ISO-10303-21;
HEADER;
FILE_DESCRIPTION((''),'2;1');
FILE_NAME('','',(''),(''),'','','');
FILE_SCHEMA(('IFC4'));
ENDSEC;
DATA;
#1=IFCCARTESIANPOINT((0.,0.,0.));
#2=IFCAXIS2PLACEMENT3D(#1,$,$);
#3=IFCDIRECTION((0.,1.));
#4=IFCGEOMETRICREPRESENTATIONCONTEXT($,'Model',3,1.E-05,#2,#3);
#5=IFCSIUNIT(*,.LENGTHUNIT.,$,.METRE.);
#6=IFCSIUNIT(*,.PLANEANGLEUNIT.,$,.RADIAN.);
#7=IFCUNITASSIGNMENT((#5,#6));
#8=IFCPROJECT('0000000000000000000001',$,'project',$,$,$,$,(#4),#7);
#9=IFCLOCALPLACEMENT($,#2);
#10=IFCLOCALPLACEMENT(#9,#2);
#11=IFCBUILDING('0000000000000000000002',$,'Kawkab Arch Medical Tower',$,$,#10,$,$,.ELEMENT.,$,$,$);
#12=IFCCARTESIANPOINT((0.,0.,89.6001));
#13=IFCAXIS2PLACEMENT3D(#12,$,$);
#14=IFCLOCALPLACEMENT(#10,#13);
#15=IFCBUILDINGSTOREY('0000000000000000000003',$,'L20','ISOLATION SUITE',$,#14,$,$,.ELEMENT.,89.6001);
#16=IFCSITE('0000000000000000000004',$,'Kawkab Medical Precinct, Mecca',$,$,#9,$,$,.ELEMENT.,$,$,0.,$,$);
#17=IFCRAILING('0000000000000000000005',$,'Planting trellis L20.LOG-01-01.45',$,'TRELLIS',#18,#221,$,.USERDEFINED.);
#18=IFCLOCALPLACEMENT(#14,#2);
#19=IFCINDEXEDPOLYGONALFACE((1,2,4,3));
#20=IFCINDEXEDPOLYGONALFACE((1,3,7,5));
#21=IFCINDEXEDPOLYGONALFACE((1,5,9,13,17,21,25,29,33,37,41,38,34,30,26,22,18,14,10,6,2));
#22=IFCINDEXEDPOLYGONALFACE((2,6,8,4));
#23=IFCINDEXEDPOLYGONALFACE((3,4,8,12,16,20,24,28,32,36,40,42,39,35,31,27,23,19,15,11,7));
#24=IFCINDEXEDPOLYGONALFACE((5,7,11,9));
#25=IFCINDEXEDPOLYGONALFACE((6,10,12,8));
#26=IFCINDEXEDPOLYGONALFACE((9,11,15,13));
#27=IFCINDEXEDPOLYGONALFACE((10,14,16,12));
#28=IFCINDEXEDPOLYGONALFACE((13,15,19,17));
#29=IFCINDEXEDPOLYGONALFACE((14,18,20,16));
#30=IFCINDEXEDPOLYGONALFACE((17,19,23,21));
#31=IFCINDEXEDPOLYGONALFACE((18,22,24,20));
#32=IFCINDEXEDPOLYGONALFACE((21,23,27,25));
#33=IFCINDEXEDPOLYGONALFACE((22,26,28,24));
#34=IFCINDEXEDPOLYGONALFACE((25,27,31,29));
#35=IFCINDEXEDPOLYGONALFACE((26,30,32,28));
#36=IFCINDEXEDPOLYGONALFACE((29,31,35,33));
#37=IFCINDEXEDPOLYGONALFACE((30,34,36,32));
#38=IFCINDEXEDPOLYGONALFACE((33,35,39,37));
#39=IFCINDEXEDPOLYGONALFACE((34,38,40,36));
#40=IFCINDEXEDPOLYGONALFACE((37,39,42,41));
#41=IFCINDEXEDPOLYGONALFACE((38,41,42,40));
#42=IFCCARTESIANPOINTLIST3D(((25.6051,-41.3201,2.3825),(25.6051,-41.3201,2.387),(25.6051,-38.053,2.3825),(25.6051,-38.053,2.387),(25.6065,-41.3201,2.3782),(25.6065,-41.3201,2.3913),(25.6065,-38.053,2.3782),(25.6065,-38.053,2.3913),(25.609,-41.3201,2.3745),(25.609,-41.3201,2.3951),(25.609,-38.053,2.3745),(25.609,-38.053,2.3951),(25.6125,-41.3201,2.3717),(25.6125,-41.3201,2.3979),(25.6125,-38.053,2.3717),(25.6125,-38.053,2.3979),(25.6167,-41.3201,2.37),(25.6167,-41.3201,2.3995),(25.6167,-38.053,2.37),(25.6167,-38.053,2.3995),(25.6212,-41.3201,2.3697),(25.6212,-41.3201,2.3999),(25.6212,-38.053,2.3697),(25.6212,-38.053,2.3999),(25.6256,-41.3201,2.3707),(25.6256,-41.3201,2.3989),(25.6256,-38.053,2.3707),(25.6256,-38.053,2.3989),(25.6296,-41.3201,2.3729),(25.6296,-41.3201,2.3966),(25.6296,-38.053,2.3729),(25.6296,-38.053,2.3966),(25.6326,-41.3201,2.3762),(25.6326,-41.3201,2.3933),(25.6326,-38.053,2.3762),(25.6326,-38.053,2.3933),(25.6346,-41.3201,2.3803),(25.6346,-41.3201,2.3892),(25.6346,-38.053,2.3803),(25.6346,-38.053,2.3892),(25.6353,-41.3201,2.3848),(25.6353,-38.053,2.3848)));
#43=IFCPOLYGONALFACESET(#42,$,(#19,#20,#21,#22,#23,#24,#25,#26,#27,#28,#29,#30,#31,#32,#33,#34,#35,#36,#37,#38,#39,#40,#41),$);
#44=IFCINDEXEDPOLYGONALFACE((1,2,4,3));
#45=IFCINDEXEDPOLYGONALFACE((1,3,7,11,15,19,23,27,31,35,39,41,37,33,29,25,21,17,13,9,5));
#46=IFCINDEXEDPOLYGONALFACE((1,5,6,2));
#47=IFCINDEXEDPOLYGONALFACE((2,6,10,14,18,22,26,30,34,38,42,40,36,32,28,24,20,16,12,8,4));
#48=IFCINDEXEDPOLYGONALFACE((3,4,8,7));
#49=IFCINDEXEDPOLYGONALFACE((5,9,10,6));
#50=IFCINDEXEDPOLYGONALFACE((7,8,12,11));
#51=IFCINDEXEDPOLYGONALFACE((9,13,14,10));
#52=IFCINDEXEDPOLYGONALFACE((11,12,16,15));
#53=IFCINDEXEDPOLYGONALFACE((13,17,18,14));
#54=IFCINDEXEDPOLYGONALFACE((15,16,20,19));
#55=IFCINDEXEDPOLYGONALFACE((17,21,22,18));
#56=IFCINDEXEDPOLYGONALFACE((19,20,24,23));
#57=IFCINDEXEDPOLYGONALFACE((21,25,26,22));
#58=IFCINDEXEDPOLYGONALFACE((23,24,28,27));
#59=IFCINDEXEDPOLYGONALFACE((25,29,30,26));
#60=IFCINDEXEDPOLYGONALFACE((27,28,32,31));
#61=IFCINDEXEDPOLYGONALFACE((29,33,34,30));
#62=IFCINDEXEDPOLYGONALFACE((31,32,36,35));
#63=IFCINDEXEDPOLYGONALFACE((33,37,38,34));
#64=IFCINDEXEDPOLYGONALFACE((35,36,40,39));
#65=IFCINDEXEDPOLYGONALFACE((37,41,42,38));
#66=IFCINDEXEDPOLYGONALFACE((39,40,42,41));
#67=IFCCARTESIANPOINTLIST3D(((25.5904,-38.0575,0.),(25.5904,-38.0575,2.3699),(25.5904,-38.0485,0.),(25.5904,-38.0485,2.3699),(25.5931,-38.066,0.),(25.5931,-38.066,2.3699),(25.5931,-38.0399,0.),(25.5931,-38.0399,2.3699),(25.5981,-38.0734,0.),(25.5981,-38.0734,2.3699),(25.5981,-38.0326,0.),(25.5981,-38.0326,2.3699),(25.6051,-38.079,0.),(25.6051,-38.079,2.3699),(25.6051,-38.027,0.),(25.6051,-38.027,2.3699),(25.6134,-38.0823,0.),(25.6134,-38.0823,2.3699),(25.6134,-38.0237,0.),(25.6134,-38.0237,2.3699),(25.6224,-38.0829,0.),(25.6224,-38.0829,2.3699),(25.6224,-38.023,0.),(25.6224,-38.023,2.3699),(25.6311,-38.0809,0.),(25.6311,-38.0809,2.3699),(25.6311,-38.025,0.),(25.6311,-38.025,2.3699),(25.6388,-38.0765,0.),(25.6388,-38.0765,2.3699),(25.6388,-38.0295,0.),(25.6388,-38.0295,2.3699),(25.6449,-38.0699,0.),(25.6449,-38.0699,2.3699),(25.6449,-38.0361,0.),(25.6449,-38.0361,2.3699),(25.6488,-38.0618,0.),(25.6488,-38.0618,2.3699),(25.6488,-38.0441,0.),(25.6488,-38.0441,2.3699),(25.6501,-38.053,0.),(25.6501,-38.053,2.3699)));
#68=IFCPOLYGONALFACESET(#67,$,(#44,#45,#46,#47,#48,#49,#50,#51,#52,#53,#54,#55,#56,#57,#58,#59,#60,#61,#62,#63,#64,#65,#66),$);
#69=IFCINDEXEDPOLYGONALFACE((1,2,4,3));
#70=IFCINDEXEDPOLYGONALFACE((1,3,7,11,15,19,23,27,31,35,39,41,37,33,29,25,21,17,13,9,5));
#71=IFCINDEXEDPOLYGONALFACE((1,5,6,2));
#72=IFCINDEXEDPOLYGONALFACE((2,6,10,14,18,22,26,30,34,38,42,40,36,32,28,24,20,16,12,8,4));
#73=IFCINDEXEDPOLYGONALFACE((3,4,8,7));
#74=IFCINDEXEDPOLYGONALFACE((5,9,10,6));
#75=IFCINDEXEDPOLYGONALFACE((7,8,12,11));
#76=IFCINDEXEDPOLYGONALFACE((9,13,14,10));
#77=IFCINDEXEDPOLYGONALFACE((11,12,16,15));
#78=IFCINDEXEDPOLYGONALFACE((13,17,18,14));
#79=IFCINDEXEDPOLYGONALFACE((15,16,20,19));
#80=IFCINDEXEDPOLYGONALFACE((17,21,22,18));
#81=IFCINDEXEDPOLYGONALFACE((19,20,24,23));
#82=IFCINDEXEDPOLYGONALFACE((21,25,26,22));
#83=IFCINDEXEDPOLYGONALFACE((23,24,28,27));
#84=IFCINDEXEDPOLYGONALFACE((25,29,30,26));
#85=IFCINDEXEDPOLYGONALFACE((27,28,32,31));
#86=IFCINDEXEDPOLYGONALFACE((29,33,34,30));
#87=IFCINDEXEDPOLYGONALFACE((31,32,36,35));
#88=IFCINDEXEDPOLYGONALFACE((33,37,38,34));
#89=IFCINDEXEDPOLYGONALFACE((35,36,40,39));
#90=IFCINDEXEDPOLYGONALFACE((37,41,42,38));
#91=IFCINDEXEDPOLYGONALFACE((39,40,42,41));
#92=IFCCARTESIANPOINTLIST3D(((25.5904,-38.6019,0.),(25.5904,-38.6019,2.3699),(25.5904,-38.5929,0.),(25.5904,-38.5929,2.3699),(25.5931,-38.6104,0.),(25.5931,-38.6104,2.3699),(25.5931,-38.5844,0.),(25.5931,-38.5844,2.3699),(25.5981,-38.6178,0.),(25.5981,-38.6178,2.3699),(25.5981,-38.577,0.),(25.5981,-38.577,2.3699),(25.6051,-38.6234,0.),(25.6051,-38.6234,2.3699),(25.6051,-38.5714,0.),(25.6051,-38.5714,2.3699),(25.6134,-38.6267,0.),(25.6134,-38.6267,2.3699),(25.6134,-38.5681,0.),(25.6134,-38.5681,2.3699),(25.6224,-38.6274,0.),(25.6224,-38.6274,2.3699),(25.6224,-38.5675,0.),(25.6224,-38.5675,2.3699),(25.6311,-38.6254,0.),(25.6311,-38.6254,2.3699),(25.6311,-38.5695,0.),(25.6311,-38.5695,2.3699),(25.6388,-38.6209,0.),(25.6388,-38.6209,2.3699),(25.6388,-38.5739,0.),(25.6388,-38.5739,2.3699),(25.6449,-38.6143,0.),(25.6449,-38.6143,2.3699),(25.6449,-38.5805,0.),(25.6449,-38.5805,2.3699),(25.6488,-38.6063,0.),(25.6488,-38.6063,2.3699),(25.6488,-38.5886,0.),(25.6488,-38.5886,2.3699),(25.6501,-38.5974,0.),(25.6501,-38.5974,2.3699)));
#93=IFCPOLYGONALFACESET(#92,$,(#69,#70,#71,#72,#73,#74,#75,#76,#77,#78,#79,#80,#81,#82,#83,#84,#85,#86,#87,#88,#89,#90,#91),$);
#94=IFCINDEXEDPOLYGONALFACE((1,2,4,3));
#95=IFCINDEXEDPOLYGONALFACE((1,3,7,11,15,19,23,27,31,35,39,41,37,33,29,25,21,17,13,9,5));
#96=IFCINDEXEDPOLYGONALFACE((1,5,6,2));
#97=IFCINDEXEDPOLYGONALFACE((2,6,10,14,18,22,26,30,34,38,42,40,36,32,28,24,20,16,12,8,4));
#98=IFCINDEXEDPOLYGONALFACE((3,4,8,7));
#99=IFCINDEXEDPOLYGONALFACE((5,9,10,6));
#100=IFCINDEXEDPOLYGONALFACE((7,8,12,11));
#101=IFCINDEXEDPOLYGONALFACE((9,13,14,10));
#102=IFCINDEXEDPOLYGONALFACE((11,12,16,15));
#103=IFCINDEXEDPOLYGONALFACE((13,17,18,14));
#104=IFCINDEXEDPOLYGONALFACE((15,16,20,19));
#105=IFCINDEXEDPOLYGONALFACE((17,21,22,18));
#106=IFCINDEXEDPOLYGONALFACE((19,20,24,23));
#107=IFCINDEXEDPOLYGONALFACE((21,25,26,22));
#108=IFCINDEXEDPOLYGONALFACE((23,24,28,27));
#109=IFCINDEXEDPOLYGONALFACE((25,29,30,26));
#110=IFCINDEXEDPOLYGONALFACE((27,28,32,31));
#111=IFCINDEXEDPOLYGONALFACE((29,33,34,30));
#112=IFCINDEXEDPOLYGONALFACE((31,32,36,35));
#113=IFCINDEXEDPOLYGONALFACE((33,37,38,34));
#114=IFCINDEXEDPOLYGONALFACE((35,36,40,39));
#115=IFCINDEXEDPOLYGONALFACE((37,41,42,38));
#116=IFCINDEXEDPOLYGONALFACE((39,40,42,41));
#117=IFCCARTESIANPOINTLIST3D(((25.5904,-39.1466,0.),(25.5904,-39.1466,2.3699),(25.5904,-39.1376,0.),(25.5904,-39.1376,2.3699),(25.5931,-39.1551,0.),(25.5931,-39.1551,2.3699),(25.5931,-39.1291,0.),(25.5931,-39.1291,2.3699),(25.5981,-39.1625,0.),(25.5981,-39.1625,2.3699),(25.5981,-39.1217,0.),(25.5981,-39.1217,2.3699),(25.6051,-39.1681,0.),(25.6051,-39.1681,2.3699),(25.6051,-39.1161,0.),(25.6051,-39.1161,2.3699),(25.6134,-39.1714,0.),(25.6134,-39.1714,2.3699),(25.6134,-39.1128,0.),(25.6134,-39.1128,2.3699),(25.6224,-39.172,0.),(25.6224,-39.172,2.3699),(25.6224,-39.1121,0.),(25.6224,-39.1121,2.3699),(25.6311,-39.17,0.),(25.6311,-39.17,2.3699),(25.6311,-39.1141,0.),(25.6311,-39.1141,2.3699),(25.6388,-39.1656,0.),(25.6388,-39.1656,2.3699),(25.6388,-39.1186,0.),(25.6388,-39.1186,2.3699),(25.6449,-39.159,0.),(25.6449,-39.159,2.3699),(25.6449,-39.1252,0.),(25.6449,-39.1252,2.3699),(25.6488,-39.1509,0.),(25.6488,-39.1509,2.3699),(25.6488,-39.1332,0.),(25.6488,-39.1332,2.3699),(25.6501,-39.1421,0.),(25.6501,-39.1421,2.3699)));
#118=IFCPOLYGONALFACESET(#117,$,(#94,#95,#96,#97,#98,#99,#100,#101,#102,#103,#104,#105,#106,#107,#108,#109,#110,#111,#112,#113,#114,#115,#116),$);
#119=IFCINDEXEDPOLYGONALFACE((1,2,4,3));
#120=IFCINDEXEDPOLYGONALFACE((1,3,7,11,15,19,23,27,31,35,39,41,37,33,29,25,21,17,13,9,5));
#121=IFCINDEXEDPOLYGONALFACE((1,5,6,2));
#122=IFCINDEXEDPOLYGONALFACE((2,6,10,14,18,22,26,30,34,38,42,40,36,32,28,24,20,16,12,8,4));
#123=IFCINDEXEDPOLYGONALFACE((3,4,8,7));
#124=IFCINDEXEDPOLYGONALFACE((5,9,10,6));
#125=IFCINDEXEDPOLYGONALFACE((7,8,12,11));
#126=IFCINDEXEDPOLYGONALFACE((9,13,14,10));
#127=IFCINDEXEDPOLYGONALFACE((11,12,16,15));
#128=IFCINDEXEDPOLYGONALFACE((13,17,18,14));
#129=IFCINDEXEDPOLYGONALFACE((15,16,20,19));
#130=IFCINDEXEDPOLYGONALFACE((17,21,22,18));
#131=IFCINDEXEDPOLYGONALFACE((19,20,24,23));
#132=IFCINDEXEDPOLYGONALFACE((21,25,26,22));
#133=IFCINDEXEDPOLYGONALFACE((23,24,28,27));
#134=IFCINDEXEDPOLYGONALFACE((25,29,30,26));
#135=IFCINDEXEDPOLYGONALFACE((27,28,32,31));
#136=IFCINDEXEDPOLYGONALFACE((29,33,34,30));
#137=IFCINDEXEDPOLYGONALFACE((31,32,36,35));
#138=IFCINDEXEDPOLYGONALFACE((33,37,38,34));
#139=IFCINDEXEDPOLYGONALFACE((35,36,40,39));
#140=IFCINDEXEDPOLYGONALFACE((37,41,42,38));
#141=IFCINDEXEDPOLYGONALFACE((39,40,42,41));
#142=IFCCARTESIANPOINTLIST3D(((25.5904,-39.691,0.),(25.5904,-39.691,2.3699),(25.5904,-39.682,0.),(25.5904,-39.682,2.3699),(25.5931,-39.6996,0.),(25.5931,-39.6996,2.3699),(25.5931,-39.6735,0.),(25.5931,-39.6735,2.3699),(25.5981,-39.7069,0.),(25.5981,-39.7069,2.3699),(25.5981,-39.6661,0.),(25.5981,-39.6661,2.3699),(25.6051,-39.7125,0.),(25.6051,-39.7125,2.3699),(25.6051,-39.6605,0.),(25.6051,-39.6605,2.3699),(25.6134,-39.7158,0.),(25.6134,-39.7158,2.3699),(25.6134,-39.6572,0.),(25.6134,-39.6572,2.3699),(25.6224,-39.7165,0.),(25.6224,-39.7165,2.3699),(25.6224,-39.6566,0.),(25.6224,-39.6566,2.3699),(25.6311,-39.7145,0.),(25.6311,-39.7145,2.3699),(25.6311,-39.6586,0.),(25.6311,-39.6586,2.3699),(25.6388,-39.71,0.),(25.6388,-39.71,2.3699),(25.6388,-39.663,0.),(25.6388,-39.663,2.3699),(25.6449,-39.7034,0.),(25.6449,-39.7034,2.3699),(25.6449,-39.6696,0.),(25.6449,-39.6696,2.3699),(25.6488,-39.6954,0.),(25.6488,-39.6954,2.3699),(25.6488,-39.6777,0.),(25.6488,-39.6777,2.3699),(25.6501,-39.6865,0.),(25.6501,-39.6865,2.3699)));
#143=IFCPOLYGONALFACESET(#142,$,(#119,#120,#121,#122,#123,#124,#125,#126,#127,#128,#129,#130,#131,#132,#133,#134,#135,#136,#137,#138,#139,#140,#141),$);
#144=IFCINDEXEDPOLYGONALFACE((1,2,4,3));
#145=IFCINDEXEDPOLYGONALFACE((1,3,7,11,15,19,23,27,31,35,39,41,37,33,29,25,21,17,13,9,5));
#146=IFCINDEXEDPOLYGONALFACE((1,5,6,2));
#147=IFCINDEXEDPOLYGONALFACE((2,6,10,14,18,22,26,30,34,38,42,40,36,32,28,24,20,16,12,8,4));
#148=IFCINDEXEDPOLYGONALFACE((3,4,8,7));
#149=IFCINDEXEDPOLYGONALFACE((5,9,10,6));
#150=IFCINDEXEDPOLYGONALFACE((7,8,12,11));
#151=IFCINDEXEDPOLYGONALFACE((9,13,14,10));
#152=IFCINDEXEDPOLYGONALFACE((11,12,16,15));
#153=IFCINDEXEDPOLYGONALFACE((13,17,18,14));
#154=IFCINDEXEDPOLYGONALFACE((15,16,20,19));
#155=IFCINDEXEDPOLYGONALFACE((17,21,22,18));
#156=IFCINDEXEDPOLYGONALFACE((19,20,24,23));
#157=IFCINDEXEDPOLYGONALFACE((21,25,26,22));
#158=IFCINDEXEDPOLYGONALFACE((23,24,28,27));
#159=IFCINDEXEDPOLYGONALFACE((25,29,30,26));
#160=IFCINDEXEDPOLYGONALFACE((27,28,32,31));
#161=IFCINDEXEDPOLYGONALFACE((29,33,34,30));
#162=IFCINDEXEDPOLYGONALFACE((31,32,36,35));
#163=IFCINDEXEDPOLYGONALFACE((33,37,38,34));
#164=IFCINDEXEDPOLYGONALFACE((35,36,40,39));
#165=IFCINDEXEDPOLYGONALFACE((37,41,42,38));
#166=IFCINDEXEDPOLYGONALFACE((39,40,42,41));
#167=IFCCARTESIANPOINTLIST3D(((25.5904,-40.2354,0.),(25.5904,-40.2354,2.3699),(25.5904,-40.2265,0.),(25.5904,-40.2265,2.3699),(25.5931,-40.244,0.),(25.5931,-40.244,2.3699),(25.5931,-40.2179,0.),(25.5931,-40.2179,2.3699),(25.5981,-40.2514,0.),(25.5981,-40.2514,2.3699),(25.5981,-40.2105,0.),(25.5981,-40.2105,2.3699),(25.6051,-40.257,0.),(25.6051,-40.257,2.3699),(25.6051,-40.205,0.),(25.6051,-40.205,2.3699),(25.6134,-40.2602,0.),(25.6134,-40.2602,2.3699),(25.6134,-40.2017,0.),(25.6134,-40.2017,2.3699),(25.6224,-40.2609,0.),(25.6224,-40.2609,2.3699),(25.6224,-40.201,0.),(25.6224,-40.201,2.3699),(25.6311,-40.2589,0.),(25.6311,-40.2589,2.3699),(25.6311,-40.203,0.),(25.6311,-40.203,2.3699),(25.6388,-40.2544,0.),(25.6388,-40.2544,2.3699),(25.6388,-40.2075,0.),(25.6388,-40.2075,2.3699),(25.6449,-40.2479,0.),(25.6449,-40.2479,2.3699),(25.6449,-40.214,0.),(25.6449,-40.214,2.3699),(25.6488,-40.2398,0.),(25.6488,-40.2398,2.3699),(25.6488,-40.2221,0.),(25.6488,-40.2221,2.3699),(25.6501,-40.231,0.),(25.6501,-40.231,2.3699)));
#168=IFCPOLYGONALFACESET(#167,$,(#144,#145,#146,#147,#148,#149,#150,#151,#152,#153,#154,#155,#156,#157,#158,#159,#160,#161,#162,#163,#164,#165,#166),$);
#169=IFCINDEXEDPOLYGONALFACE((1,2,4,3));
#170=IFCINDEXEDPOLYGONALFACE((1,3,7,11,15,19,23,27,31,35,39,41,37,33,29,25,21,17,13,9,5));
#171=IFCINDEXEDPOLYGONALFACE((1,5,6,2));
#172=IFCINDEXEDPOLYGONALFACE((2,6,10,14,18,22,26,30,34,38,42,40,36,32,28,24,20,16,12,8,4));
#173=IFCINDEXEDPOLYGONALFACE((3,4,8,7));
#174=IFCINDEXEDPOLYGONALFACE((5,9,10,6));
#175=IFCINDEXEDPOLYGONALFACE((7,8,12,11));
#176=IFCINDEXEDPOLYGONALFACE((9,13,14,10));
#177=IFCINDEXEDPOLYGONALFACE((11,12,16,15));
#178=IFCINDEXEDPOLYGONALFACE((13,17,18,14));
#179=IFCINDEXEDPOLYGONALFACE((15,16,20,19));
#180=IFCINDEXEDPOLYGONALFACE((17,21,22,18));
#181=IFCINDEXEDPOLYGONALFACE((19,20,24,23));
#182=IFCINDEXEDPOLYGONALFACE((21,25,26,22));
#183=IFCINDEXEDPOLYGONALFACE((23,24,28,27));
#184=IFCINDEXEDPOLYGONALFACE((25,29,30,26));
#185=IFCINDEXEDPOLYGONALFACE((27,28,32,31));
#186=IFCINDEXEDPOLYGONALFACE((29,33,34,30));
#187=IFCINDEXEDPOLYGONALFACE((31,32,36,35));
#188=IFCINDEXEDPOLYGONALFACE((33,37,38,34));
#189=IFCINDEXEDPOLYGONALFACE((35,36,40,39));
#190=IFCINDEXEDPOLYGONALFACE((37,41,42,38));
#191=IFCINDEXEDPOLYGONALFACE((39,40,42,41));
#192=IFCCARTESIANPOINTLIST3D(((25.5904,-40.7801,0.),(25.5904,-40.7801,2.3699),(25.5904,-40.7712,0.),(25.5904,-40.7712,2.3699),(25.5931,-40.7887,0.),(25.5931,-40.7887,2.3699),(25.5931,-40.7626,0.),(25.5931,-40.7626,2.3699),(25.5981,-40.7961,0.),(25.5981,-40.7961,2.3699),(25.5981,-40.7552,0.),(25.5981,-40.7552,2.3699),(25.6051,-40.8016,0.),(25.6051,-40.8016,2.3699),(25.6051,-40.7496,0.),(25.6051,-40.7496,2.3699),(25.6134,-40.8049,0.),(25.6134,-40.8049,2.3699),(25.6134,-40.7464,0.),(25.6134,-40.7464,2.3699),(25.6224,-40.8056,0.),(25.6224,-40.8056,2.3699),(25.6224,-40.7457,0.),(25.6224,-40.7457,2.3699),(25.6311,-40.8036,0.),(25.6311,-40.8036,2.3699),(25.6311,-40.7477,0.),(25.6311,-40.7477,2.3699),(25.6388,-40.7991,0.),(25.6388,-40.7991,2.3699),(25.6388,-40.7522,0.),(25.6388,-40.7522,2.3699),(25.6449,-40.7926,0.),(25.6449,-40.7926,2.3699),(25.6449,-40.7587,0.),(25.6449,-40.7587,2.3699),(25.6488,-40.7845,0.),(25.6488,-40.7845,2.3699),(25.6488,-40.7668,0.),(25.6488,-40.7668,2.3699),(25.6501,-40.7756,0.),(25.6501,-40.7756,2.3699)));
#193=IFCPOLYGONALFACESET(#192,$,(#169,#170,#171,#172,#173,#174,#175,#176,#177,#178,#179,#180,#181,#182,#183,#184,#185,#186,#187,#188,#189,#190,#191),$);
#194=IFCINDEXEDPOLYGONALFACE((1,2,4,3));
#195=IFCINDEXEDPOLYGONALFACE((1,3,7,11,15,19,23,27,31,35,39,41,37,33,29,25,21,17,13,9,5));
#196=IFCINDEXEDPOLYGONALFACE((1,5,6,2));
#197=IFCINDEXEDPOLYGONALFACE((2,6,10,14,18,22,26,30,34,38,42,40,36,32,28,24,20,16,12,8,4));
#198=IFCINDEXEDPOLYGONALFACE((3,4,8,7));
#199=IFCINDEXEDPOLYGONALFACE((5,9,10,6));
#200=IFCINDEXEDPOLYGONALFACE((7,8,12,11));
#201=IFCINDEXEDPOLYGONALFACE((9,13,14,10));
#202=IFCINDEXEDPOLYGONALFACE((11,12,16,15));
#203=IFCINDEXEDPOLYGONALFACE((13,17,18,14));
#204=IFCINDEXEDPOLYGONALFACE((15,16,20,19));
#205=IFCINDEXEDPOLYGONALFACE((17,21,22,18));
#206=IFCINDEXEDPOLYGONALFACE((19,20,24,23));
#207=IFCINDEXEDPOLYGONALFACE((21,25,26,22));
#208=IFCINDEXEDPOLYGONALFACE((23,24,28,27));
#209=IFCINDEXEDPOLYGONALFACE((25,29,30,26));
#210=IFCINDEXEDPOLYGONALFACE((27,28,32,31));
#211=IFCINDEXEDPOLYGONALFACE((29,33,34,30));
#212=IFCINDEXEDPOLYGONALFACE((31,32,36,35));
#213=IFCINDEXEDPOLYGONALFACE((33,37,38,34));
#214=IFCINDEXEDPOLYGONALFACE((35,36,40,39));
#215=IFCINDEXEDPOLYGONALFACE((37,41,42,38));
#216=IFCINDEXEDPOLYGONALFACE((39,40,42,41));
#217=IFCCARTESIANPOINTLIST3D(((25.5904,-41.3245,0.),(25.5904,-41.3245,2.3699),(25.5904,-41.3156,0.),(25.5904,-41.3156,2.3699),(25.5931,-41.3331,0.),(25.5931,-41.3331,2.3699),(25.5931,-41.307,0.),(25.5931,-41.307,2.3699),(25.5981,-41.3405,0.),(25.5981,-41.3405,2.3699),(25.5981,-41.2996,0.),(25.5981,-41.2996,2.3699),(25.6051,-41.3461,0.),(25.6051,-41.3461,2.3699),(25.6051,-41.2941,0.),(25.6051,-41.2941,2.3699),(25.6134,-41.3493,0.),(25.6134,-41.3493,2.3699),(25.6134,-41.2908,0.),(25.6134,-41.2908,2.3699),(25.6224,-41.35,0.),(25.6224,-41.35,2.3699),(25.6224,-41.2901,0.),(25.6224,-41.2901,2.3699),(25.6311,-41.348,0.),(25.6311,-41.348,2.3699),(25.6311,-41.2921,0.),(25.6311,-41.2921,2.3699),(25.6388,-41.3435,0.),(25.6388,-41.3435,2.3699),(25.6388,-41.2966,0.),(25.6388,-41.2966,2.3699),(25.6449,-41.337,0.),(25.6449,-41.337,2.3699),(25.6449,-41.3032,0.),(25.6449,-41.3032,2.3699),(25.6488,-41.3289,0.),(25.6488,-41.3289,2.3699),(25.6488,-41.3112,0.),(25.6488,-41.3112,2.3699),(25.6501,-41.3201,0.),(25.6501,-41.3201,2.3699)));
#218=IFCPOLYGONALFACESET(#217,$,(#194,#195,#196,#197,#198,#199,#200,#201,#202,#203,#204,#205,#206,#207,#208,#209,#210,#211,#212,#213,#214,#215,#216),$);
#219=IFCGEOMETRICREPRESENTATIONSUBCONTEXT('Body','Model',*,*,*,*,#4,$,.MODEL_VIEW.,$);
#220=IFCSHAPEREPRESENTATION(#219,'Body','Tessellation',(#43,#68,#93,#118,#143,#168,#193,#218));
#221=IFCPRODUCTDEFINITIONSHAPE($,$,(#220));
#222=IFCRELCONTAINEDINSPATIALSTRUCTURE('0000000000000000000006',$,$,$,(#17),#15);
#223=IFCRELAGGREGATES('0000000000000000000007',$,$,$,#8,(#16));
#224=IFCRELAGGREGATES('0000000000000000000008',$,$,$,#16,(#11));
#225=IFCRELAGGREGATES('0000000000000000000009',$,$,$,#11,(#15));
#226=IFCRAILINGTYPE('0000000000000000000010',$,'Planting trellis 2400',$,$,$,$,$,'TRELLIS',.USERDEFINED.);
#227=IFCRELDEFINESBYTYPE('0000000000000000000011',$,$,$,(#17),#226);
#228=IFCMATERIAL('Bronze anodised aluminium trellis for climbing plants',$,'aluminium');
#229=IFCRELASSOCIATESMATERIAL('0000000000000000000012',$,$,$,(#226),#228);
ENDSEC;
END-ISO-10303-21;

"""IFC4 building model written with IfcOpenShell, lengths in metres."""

from ifc_helpers import new_model, si_unit, direction, frame, origin, origin_2d, place, context, subcontext, project, spatial, circle, extrude, material, type_object, element, save


model = new_model("IFC4")

# Units and contexts
model_context = context("Model", 3, precision=1e-05, world=origin(), true_north=direction((0.0, 1.0)))
body_context = subcontext(model_context, "Body", "Model", "MODEL_VIEW")
ifc_project = project(units=[si_unit("LENGTHUNIT", "METRE"), si_unit("PLANEANGLEUNIT", "RADIAN")], contexts=[model_context])

# Site, building, storey
site_placement = place(None, origin())
site = spatial("IfcSite", under=ifc_project, at=site_placement, Name="Kawkab Medical Precinct, Mecca", CompositionType="ELEMENT", RefElevation=0.0)
building_placement = place(site_placement, origin())
building = spatial("IfcBuilding", under=site, at=building_placement, Name="Kawkab Arch Medical Tower", CompositionType="ELEMENT")
storey_placement = place(building_placement, frame((0.0, 0.0, 89.6001)))
storey = spatial("IfcBuildingStorey", under=building, at=storey_placement, Name="L20", Description="ISOLATION SUITE", CompositionType="ELEMENT", Elevation=89.6001)

# Railing
ifc_material_1 = material(Name="Bronze anodised aluminium trellis for climbing plants", Category="aluminium")
railing_type = type_object("IfcRailingType", Name="Planting trellis 2400", ElementType="TRELLIS", PredefinedType="USERDEFINED", material=ifc_material_1)
railing_1_placement = place(storey_placement, frame((25.6201, -38.053, 0.0)))
element("IfcRailing", 1, at=railing_1_placement, inside=storey, type_object=railing_type, Name="Planting trellis L20.LOG-01-01.45", ObjectType="TRELLIS", PredefinedType="USERDEFINED", context=body_context, shape_type="SweptSolid", body=[
    extrude(circle(Radius=0.0151, at=origin_2d()), frame((0.0, 0.0, 2.3848), z_axis=(0.0, -1.0, 0.0), x_axis=(1.0, 0.0, 0.0)), (0.0, 0.0, 1.0), 3.2671),
    extrude(circle(Radius=0.03, at=origin_2d()), origin(), (0.0, 0.0, 1.0), 2.3699),
    extrude(circle(Radius=0.03, at=origin_2d()), frame((0.0, -0.5444, 0.0)), (0.0, 0.0, 1.0), 2.3699),
    extrude(circle(Radius=0.03, at=origin_2d()), frame((0.0, -1.0891, 0.0)), (0.0, 0.0, 1.0), 2.3699),
    extrude(circle(Radius=0.03, at=origin_2d()), frame((0.0, -1.6335, 0.0)), (0.0, 0.0, 1.0), 2.3699),
    extrude(circle(Radius=0.03, at=origin_2d()), frame((0.0, -2.178, 0.0)), (0.0, 0.0, 1.0), 2.3699),
    extrude(circle(Radius=0.03, at=origin_2d()), frame((0.0, -2.7227, 0.0)), (0.0, 0.0, 1.0), 2.3699),
    extrude(circle(Radius=0.03, at=origin_2d()), frame((0.0, -3.2671, 0.0)), (0.0, 0.0, 1.0), 2.3699),
])

save(model, "model.ifc")
